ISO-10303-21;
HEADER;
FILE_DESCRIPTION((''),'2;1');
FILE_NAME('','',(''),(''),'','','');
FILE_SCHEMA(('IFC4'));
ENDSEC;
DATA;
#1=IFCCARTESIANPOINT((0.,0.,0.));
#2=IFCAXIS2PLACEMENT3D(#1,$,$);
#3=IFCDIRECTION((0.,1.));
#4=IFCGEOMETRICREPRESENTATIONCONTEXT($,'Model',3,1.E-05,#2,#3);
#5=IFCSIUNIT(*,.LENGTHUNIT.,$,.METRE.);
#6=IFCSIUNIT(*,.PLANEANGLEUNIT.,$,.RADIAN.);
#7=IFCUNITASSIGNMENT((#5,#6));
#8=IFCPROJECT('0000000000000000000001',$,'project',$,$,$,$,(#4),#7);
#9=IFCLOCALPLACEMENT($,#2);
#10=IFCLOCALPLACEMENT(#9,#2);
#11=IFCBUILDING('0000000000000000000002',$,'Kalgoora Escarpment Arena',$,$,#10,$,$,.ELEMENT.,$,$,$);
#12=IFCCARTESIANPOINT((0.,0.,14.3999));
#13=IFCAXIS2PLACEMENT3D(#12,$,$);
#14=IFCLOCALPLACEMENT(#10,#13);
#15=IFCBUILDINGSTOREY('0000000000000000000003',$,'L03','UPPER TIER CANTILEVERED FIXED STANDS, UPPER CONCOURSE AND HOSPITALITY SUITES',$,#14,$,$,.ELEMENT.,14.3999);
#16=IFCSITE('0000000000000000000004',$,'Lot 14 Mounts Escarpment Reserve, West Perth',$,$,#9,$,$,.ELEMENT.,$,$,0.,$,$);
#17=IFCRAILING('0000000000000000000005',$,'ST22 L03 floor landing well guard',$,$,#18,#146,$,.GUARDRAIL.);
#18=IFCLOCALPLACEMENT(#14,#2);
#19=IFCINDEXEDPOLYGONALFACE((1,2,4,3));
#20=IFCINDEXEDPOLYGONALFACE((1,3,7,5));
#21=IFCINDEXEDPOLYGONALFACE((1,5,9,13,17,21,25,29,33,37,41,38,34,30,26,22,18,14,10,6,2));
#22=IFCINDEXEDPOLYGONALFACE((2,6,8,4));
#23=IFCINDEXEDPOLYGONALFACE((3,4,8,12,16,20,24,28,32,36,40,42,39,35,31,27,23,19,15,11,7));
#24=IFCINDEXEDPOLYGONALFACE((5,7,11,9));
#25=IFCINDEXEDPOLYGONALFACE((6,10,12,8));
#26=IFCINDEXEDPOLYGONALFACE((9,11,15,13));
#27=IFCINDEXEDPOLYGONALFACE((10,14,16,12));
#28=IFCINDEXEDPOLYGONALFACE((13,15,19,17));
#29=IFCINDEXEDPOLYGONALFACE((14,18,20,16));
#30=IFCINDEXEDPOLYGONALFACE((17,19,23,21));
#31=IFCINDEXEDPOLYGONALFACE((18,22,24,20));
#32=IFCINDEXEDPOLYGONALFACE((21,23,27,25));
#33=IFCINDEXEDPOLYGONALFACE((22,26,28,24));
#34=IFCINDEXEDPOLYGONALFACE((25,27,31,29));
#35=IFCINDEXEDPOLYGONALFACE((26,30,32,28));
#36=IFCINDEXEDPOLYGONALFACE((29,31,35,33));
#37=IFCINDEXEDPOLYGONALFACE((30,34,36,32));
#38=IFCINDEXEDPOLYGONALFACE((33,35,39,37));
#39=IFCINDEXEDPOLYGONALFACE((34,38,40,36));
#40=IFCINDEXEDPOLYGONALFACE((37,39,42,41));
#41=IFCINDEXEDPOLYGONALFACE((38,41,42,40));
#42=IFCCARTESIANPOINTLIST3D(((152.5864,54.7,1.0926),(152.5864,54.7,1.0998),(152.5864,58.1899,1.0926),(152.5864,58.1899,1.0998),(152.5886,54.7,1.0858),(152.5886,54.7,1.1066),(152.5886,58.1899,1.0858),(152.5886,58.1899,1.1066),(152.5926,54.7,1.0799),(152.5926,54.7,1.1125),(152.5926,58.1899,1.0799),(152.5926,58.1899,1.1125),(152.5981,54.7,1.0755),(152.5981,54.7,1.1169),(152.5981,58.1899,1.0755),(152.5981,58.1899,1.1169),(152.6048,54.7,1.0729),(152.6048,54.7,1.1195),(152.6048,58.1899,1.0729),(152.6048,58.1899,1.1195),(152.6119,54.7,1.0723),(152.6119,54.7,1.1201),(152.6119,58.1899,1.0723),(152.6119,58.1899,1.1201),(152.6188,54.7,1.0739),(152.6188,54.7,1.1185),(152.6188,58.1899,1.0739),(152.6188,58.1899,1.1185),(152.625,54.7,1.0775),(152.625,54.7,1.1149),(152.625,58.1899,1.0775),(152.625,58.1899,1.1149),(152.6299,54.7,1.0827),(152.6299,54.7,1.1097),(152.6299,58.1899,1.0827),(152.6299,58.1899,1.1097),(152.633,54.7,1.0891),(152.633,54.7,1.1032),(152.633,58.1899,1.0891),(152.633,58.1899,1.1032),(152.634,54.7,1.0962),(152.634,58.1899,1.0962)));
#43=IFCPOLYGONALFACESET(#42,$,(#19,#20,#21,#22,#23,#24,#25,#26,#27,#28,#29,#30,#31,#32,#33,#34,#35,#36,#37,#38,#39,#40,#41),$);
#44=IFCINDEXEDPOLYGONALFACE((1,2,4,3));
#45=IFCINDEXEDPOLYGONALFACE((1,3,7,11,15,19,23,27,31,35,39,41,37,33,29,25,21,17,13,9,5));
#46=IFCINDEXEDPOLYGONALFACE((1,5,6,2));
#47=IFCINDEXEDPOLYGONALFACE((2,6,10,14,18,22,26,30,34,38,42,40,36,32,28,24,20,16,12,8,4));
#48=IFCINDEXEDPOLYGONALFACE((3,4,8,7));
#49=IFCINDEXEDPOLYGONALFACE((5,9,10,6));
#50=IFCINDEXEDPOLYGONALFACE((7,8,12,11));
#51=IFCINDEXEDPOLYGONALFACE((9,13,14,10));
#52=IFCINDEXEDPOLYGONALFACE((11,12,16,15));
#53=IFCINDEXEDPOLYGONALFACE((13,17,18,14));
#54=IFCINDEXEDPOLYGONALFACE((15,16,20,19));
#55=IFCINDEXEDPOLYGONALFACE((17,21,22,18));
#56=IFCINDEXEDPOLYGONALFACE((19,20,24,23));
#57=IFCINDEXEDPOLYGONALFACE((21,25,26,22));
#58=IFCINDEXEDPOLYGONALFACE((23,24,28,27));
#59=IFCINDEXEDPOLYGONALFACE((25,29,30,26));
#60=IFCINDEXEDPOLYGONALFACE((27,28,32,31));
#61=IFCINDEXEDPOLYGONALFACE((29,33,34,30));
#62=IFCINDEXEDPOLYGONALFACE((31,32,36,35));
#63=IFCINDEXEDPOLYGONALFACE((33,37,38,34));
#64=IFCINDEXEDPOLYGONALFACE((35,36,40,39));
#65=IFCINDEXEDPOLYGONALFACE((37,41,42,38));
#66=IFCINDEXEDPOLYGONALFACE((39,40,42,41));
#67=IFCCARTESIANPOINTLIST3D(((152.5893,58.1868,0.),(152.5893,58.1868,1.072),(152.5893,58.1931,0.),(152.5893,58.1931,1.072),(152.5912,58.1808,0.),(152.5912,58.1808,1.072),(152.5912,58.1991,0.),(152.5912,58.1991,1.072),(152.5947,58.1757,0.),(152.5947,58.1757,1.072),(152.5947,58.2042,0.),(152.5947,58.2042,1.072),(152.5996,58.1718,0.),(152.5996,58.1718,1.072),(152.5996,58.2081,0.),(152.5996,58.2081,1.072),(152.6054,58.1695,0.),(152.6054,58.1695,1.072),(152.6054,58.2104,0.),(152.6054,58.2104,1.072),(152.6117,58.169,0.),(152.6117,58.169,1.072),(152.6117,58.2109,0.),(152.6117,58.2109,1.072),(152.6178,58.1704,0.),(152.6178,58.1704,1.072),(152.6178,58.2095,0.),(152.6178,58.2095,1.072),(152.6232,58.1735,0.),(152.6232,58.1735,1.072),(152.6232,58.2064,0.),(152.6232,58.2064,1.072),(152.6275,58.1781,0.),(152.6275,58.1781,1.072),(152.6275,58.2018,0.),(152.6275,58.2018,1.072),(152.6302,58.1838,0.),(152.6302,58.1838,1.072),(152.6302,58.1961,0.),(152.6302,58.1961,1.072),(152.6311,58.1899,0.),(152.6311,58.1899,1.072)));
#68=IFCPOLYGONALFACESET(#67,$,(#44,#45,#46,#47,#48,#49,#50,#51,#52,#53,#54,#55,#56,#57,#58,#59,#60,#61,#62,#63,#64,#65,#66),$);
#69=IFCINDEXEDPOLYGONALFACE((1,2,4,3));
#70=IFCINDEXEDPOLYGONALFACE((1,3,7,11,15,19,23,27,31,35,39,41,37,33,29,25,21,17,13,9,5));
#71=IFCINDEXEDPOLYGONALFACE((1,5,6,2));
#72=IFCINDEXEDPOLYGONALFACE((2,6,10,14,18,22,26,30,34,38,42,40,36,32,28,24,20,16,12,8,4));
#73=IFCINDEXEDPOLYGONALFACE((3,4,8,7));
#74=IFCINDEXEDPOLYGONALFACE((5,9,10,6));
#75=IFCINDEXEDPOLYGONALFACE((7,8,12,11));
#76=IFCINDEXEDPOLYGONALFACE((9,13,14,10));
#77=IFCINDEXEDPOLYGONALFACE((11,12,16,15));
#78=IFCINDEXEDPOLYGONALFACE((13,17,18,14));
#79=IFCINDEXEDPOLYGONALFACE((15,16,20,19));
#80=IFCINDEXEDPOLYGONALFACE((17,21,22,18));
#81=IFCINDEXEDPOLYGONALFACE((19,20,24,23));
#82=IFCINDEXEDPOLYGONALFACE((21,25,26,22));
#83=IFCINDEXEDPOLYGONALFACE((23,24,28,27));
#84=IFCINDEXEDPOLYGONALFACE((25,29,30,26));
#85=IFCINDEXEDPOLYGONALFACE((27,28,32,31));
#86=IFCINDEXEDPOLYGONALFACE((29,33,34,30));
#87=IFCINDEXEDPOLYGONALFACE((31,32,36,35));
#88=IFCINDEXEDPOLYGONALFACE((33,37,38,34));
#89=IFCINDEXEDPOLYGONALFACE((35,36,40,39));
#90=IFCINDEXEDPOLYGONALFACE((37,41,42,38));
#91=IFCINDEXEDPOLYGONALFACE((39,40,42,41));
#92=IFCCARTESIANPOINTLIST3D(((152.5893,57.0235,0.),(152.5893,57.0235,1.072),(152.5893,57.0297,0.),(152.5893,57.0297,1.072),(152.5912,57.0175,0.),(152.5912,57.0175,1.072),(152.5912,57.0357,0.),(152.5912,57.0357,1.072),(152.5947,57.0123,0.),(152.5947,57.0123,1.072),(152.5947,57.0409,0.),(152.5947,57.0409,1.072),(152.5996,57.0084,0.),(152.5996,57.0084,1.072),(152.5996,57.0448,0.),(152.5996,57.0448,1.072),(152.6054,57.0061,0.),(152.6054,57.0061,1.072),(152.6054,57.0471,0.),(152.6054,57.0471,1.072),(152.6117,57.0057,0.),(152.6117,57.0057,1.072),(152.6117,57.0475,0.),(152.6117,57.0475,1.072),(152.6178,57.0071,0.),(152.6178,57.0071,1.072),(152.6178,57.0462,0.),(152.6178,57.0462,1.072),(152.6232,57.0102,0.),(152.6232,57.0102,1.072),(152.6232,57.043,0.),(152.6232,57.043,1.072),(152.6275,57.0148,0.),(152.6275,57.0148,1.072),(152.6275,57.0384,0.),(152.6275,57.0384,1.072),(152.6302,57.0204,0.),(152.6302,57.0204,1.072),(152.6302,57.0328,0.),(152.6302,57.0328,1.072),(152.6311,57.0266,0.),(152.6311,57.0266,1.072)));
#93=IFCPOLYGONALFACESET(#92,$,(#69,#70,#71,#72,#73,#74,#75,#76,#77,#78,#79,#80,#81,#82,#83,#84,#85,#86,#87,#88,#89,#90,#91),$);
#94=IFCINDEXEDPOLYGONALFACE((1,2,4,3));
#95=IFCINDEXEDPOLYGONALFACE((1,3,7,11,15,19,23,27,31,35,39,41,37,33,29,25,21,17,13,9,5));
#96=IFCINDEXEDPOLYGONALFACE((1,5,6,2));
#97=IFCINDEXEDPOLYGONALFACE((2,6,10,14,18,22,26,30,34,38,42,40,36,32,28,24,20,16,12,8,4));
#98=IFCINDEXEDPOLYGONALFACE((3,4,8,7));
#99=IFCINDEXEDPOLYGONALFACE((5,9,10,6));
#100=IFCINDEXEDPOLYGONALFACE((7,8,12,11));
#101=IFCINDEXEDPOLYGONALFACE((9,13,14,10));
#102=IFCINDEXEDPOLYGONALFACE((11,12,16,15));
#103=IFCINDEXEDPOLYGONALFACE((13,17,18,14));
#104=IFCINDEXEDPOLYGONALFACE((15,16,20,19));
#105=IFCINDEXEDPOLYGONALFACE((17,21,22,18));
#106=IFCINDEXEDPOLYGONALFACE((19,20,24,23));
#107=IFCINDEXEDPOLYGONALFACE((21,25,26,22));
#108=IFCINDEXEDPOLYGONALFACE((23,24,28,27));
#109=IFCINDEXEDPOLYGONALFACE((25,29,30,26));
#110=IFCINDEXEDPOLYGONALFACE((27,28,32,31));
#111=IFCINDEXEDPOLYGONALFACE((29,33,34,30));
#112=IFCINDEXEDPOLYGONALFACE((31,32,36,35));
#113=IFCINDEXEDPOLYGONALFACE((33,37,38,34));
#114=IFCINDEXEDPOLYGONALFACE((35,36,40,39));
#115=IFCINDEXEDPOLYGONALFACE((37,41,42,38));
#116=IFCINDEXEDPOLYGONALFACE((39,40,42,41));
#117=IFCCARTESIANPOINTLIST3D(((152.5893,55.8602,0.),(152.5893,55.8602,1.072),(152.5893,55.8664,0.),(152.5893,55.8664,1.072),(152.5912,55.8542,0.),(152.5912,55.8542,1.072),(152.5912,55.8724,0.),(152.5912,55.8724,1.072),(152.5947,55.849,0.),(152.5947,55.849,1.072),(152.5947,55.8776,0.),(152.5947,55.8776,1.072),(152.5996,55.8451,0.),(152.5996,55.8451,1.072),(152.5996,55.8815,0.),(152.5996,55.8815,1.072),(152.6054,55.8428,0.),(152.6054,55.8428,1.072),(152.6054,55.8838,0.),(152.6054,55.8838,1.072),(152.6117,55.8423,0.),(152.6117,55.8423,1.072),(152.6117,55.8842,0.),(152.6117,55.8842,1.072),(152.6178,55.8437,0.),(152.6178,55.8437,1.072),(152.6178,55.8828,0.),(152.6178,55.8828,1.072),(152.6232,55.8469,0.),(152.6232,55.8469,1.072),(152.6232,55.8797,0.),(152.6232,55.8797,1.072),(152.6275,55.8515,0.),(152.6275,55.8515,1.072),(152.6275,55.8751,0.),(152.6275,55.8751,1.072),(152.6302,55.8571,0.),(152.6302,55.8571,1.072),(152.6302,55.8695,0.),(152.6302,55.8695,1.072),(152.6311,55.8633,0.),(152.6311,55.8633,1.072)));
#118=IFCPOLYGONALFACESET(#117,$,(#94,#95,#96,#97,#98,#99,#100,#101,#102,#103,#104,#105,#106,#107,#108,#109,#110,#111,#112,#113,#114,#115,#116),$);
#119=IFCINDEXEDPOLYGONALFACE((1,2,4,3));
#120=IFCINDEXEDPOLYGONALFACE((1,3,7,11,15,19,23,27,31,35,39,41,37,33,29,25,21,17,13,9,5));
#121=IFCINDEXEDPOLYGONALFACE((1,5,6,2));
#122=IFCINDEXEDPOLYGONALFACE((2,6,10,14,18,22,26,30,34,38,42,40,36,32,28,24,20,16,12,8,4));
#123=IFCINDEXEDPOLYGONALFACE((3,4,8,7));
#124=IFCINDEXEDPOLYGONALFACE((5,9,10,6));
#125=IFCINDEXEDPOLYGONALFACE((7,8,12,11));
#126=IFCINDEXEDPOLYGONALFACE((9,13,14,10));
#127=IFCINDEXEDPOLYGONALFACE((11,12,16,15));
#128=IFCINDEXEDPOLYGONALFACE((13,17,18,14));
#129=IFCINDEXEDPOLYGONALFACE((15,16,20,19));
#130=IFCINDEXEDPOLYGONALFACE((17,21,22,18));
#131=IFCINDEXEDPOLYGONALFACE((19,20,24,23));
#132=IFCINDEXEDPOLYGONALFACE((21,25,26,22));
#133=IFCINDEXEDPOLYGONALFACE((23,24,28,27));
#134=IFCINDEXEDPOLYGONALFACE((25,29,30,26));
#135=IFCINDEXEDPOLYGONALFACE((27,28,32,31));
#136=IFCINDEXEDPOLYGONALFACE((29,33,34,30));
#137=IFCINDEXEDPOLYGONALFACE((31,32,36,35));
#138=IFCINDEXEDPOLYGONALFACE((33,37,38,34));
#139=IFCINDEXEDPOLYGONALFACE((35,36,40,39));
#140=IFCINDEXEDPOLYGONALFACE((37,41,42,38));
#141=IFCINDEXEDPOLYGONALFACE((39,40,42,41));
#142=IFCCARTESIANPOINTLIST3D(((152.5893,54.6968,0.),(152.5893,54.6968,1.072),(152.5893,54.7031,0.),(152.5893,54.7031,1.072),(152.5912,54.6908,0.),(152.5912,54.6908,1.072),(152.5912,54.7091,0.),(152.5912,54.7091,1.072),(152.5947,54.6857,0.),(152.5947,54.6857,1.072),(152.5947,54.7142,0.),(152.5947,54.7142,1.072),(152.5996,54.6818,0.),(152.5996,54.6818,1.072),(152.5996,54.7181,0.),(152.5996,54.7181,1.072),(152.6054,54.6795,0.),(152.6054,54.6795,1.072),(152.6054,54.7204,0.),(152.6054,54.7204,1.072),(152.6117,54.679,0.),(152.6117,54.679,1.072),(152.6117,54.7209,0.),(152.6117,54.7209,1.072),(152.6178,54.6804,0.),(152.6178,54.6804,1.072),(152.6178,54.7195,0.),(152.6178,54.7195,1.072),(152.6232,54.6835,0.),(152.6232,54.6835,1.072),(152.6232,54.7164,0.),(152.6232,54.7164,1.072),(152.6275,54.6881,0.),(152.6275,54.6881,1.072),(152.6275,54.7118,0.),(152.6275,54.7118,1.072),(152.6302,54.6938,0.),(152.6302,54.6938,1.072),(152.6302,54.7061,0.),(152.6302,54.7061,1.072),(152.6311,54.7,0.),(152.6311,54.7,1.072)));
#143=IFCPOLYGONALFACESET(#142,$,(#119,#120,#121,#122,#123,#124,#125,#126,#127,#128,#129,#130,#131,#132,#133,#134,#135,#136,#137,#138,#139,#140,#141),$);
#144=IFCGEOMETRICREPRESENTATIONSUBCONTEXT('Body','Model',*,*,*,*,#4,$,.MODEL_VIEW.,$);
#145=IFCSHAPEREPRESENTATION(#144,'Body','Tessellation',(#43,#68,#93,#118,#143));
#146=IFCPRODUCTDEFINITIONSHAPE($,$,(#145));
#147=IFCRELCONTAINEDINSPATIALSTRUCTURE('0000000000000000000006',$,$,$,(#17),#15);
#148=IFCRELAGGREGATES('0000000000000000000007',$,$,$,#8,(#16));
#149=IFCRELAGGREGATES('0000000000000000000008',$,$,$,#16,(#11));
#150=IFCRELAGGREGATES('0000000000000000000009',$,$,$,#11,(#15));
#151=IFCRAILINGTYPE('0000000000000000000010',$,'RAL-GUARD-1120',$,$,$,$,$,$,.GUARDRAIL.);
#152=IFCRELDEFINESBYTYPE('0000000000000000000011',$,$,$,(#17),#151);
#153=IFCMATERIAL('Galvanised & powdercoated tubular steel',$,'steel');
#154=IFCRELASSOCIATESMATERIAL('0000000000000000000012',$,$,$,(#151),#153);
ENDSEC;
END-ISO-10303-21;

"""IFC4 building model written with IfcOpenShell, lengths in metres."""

from ifc_helpers import new_model, si_unit, direction, frame, origin, origin_2d, place, context, subcontext, project, spatial, circle, extrude, material, type_object, element, save


model = new_model("IFC4")

# Units and contexts
model_context = context("Model", 3, precision=1e-05, world=origin(), true_north=direction((0.0, 1.0)))
body_context = subcontext(model_context, "Body", "Model", "MODEL_VIEW")
ifc_project = project(units=[si_unit("LENGTHUNIT", "METRE"), si_unit("PLANEANGLEUNIT", "RADIAN")], contexts=[model_context])

# Site, building, storey
site_placement = place(None, origin())
site = spatial("IfcSite", under=ifc_project, at=site_placement, Name="Lot 14 Mounts Escarpment Reserve, West Perth", CompositionType="ELEMENT", RefElevation=0.0)
building_placement = place(site_placement, origin())
building = spatial("IfcBuilding", under=site, at=building_placement, Name="Kalgoora Escarpment Arena", CompositionType="ELEMENT")
storey_placement = place(building_placement, frame((0.0, 0.0, 14.3999)))
storey = spatial("IfcBuildingStorey", under=building, at=storey_placement, Name="L03", Description="UPPER TIER CANTILEVERED FIXED STANDS, UPPER CONCOURSE AND HOSPITALITY SUITES", CompositionType="ELEMENT", Elevation=14.3999)

# Railing
ifc_material_1 = material(Name="Galvanised & powdercoated tubular steel", Category="steel")
railing_type_1 = type_object("IfcRailingType", Name="RAL-GUARD-1120", PredefinedType="GUARDRAIL", material=ifc_material_1)
railing_1_placement = place(storey_placement, frame((152.6101, 58.1899, 0.0)))
element("IfcRailing", 1, at=railing_1_placement, inside=storey, type_object=railing_type_1, Name="ST22 L03 floor landing well guard", PredefinedType="GUARDRAIL", context=body_context, shape_type="SweptSolid", body=[
    extrude(circle(Radius=0.0239, at=origin_2d()), frame((0.0, 0.0, 1.0962), z_axis=(0.0, -1.0, 0.0), x_axis=(1.0, 0.0, 0.0)), (0.0, 0.0, 1.0), 3.49),
    extrude(circle(Radius=0.021, at=origin_2d()), origin(), (0.0, 0.0, 1.0), 1.072),
    extrude(circle(Radius=0.021, at=origin_2d()), frame((0.0, -1.1633, 0.0)), (0.0, 0.0, 1.0), 1.072),
    extrude(circle(Radius=0.021, at=origin_2d()), frame((0.0, -2.3267, 0.0)), (0.0, 0.0, 1.0), 1.072),
    extrude(circle(Radius=0.021, at=origin_2d()), frame((0.0, -3.49, 0.0)), (0.0, 0.0, 1.0), 1.072),
])

save(model, "model.ifc")
